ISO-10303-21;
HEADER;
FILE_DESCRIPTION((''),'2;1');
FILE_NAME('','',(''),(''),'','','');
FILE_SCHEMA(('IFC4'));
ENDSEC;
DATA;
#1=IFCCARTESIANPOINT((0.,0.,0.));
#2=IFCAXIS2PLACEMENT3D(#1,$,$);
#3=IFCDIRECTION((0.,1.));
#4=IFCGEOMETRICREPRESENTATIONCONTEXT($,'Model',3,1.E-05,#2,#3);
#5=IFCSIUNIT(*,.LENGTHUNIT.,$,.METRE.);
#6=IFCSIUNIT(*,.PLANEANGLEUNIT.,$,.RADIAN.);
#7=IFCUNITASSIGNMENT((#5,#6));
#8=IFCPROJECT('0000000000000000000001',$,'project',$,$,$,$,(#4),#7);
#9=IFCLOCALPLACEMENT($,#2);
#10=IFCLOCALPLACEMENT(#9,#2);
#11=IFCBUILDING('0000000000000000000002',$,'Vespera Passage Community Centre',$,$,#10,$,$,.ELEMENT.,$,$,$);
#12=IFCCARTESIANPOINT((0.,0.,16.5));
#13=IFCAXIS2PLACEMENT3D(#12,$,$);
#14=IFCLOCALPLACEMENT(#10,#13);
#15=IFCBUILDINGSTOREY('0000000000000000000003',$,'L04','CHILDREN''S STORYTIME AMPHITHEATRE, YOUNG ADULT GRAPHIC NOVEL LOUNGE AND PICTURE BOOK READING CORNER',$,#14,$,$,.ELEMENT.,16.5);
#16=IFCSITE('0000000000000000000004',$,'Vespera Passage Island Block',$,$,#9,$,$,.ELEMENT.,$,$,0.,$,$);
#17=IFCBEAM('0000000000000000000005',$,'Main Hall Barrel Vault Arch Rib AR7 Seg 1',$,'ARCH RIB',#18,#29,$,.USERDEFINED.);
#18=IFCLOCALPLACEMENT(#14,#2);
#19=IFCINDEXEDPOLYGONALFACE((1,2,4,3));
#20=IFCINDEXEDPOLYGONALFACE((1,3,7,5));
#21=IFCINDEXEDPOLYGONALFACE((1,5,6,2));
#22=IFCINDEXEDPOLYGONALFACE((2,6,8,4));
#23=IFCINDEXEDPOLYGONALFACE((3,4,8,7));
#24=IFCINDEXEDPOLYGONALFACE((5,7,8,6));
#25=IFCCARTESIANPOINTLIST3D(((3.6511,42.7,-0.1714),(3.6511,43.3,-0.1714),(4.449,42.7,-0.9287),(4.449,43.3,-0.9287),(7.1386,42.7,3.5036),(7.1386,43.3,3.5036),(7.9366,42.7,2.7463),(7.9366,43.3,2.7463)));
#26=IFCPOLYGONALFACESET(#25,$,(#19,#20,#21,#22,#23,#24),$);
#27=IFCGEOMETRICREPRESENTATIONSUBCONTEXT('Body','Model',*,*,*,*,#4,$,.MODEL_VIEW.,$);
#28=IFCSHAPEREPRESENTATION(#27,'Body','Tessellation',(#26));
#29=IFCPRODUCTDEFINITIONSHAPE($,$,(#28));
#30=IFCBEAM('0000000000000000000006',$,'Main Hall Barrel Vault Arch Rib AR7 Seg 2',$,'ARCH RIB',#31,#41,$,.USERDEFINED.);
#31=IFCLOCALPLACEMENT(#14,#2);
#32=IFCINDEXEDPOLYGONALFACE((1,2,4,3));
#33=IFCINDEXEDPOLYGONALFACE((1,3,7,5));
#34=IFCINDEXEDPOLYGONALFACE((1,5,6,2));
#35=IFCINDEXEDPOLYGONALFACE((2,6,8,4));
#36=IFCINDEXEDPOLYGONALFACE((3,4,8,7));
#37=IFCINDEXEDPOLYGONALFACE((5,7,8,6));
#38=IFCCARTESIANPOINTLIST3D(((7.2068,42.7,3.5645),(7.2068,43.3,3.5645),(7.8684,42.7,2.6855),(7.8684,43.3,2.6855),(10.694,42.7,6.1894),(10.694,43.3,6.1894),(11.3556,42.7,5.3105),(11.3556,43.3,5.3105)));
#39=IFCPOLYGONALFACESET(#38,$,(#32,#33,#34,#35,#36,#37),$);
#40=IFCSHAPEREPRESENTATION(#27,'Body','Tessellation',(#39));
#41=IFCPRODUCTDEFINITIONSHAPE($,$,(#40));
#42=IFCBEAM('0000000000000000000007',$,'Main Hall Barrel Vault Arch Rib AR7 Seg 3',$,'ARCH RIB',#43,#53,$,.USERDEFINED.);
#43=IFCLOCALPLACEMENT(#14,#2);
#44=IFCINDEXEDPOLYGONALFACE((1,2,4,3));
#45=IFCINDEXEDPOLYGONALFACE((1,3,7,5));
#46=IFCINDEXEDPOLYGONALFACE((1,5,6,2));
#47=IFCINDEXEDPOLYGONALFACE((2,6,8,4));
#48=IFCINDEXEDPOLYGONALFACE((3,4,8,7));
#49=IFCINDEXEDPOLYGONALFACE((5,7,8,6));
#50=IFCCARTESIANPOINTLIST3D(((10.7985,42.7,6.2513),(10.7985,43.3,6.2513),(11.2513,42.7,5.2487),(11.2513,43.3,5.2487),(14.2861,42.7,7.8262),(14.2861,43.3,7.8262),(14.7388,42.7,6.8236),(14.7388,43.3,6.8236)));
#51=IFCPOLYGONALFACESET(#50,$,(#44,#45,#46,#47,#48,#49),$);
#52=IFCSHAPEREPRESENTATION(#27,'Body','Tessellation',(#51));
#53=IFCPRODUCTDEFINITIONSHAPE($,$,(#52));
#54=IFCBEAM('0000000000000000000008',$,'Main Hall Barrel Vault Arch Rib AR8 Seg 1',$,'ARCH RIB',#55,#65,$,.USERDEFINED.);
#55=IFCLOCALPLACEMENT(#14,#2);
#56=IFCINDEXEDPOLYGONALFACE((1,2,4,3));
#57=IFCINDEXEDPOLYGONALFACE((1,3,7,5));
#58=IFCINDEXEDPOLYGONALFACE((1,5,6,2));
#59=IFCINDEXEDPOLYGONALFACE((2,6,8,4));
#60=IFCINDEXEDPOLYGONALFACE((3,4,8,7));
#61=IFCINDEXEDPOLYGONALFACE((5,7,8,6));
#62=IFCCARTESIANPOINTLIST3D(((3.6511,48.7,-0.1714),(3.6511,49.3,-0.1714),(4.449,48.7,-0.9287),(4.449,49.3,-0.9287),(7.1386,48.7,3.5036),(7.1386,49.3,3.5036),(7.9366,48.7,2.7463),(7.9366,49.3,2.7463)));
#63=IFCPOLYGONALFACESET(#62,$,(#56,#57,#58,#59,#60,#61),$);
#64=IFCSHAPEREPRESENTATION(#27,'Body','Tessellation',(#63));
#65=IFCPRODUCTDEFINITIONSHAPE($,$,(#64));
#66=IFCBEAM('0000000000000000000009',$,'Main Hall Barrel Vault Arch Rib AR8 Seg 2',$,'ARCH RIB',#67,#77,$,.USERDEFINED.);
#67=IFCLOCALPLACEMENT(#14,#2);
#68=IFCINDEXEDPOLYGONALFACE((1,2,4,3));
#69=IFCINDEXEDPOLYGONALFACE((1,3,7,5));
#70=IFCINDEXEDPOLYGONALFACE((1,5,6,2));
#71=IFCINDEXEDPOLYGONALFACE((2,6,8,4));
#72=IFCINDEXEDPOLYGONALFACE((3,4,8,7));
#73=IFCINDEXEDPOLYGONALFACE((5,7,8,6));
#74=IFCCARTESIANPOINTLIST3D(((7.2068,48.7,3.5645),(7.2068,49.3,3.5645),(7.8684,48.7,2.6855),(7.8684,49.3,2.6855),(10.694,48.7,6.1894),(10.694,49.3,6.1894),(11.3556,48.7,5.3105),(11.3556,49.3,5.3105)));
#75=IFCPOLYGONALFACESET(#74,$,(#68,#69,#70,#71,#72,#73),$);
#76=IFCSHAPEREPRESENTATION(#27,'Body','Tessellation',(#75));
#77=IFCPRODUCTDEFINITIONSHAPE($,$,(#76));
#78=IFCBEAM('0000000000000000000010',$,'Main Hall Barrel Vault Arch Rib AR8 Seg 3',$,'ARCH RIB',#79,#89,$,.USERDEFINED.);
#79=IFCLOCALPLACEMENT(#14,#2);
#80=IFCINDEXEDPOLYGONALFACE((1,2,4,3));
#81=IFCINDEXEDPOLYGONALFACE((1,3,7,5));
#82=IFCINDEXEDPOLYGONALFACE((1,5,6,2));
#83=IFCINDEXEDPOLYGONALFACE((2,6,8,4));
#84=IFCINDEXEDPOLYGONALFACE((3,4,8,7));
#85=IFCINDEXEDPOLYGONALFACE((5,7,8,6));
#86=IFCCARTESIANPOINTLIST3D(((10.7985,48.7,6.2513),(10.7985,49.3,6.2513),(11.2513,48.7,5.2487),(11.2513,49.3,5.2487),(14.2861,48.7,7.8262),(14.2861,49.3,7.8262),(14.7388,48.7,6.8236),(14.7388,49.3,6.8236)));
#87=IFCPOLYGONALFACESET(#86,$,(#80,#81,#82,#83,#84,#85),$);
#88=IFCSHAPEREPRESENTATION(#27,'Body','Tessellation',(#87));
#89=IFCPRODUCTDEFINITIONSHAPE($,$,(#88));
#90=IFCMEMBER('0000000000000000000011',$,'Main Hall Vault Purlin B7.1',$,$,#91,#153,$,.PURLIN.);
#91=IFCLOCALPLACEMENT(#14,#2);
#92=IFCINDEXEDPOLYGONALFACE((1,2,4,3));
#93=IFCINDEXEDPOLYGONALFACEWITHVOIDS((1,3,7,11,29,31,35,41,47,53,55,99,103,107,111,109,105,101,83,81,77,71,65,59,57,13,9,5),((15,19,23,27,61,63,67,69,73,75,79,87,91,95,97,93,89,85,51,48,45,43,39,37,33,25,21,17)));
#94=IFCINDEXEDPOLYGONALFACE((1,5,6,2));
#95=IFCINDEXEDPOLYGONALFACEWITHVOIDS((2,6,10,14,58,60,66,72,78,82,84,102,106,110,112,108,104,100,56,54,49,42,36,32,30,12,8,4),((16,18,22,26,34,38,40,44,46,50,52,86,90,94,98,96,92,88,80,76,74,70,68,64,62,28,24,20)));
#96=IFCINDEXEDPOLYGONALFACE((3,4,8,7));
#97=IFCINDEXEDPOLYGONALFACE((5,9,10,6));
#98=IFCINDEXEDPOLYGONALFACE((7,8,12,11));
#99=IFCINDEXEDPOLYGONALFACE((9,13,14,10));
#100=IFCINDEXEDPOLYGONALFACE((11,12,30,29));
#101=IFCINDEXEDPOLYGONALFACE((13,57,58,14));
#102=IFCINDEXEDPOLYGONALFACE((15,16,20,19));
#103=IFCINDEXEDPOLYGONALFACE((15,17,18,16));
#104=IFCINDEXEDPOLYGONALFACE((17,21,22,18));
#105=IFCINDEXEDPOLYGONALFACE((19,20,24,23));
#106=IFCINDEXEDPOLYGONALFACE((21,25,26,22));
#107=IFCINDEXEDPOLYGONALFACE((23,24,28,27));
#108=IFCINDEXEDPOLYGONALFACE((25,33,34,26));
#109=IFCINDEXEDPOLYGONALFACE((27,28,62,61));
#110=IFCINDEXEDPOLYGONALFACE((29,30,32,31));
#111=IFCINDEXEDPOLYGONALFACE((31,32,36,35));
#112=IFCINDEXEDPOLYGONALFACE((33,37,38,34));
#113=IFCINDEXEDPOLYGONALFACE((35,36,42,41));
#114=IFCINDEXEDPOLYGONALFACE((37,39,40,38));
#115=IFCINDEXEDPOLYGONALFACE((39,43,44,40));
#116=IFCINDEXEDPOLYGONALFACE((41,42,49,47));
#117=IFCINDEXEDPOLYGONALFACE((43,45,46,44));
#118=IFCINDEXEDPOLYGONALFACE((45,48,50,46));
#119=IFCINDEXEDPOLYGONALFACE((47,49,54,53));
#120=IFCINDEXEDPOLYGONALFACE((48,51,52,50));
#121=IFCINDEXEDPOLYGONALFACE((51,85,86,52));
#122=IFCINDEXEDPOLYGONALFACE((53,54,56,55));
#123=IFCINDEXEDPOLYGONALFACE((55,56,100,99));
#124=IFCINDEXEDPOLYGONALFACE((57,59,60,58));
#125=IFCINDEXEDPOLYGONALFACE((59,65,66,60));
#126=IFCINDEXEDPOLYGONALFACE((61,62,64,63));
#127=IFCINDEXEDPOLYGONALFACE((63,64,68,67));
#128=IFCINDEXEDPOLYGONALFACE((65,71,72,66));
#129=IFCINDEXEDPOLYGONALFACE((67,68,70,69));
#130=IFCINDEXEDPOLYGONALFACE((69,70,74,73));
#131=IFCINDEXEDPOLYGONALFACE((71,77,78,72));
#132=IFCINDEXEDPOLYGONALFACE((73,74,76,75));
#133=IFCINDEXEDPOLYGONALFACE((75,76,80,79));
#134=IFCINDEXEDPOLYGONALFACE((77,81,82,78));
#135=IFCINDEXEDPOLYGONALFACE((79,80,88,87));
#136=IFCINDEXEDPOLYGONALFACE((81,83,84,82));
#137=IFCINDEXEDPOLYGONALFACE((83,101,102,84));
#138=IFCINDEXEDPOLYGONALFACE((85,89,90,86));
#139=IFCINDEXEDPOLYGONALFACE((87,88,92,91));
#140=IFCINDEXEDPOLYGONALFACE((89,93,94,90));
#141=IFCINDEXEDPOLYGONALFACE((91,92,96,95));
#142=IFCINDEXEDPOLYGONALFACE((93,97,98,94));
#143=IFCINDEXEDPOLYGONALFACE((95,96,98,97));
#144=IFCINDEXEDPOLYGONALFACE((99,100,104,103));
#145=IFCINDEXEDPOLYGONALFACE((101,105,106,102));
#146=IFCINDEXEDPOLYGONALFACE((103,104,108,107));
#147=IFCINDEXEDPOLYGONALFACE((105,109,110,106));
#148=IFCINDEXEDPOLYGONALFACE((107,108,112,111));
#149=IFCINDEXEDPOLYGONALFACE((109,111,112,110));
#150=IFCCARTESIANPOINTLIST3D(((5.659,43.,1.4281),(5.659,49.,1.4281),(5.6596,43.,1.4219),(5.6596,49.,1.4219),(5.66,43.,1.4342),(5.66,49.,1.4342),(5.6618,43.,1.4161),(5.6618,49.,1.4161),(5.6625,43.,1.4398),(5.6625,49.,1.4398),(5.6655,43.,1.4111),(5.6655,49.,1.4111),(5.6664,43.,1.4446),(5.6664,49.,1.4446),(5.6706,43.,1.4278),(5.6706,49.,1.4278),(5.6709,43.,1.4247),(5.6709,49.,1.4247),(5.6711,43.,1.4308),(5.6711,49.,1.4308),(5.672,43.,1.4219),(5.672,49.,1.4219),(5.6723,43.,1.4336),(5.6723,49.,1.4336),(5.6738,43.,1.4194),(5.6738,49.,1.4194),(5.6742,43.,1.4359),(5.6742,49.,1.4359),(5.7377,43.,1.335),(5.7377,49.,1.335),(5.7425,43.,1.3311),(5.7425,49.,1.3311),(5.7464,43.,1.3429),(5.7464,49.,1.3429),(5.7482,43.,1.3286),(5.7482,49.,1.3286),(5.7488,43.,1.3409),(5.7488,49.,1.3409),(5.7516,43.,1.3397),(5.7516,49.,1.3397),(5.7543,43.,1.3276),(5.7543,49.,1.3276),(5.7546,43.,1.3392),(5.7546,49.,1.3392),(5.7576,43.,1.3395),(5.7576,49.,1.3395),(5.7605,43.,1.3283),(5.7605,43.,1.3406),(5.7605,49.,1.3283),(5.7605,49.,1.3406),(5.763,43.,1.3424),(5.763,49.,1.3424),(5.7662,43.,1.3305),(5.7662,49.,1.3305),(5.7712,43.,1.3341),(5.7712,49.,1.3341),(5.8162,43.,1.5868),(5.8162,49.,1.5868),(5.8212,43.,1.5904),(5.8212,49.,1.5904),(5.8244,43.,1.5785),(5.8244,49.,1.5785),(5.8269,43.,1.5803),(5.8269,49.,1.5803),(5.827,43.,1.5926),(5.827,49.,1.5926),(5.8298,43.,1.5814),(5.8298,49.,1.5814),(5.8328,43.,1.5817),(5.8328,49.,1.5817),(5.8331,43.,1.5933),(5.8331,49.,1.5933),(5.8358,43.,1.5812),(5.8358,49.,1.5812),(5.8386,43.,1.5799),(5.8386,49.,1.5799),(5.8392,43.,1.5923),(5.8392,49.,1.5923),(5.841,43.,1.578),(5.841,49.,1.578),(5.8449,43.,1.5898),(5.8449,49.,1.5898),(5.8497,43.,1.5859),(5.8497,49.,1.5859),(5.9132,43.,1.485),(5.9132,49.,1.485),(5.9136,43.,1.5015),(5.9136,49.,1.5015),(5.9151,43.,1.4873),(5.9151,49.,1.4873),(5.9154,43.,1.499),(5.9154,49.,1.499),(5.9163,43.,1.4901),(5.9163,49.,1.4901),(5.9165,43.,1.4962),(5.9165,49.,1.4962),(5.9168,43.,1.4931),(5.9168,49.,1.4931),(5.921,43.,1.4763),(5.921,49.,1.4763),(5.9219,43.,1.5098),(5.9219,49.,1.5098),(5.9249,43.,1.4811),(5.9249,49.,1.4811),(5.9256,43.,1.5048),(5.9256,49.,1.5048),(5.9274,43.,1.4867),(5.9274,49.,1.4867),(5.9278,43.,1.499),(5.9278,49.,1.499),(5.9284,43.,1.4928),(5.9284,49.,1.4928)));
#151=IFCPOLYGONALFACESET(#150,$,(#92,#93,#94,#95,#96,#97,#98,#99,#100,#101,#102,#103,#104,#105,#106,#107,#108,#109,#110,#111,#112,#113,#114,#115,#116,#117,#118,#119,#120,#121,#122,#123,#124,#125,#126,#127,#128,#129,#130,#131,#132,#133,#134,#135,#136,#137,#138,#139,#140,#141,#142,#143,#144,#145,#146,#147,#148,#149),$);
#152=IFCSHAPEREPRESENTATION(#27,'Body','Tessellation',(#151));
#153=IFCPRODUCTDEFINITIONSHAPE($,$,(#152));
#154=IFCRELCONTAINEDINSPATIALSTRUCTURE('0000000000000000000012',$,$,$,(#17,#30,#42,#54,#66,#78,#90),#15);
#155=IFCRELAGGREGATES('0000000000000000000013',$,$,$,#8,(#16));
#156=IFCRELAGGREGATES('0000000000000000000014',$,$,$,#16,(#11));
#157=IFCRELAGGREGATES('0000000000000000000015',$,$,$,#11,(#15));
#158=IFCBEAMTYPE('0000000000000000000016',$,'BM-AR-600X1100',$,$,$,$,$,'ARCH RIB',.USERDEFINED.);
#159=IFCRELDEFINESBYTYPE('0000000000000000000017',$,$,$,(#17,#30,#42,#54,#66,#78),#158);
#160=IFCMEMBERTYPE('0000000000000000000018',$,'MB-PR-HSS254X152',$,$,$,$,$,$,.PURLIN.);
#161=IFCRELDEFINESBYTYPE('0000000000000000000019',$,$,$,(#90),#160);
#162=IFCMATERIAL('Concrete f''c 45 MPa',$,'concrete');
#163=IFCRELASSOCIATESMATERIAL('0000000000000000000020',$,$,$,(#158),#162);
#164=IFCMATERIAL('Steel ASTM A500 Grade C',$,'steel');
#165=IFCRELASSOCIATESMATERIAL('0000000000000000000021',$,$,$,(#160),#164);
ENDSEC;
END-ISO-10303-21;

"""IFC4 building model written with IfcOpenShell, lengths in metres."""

from ifc_helpers import new_model, si_unit, direction, frame, origin, origin_2d, place, context, subcontext, project, spatial, rectangle, hollow_rectangle, extrude, material, material_profile, profile_set, type_object, element, save


model = new_model("IFC4")

# Units and contexts
model_context = context("Model", 3, precision=1e-05, world=origin(), true_north=direction((0.0, 1.0)))
body_context = subcontext(model_context, "Body", "Model", "MODEL_VIEW")
ifc_project = project(units=[si_unit("LENGTHUNIT", "METRE"), si_unit("PLANEANGLEUNIT", "RADIAN")], contexts=[model_context])

# Site, building, storey
site_placement = place(None, origin())
site = spatial("IfcSite", under=ifc_project, at=site_placement, Name="Vespera Passage Island Block", CompositionType="ELEMENT", RefElevation=0.0)
building_placement = place(site_placement, origin())
building = spatial("IfcBuilding", under=site, at=building_placement, Name="Vespera Passage Community Centre", CompositionType="ELEMENT")
storey_placement = place(building_placement, frame((0.0, 0.0, 16.5)))
storey = spatial("IfcBuildingStorey", under=building, at=storey_placement, Name="L04", Description="CHILDREN'S STORYTIME AMPHITHEATRE, YOUNG ADULT GRAPHIC NOVEL LOUNGE AND PICTURE BOOK READING CORNER", CompositionType="ELEMENT", Elevation=16.5)

# Beams
ifc_material_1 = material(Name="Concrete f'c 45 MPa", Category="concrete")
ifc_material_profile_1 = material_profile(ifc_material_1, rectangle(XDim=0.6001, YDim=1.1001, at=origin_2d()), Name="RC600X1100")
ifc_profile_set_1 = profile_set([ifc_material_profile_1], Name="Concrete f'c 45 MPa")
beam_type = type_object("IfcBeamType", Name="BM-AR-600X1100", ElementType="ARCH RIB", PredefinedType="USERDEFINED", material=ifc_profile_set_1)
beam_1_placement = place(storey_placement, frame((4.05, 43.0, -0.55), z_axis=(0.688361, 0.0, 0.725369), x_axis=(0.0, 1.0, 0.0)))
element("IfcBeam", 1, at=beam_1_placement, inside=storey, type_object=beam_type, Name="Main Hall Barrel Vault Arch Rib AR7 Seg 1", ObjectType="ARCH RIB", PredefinedType="USERDEFINED", context=body_context, shape_type="SweptSolid", body=[
    extrude(rectangle(XDim=0.6001, YDim=1.1001, at=origin_2d()), origin(), (0.0, 0.0, 1.0), 5.0664),
])
beam_2_placement = place(storey_placement, frame((7.5376, 43.0, 3.125), z_axis=(0.798952, 0.0, 0.601395), x_axis=(0.0, 1.0, 0.0)))
element("IfcBeam", 2, at=beam_2_placement, inside=storey, type_object=beam_type, Name="Main Hall Barrel Vault Arch Rib AR7 Seg 2", ObjectType="ARCH RIB", PredefinedType="USERDEFINED", context=body_context, shape_type="SweptSolid", body=[
    extrude(rectangle(XDim=0.6001, YDim=1.1001, at=origin_2d()), origin(), (0.0, 0.0, 1.0), 4.3647),
])
beam_3_placement = place(storey_placement, frame((11.0249, 43.0, 5.75), z_axis=(0.911378, 0.0, 0.411571), x_axis=(0.0, 1.0, 0.0)))
element("IfcBeam", 3, at=beam_3_placement, inside=storey, type_object=beam_type, Name="Main Hall Barrel Vault Arch Rib AR7 Seg 3", ObjectType="ARCH RIB", PredefinedType="USERDEFINED", context=body_context, shape_type="SweptSolid", body=[
    extrude(rectangle(XDim=0.6001, YDim=1.1001, at=origin_2d()), origin(), (0.0, 0.0, 1.0), 3.8267),
])
beam_4_placement = place(storey_placement, frame((4.05, 49.0, -0.55), z_axis=(0.688361, 0.0, 0.725369), x_axis=(0.0, 1.0, 0.0)))
element("IfcBeam", 4, at=beam_4_placement, inside=storey, type_object=beam_type, Name="Main Hall Barrel Vault Arch Rib AR8 Seg 1", ObjectType="ARCH RIB", PredefinedType="USERDEFINED", context=body_context, shape_type="SweptSolid", body=[
    extrude(rectangle(XDim=0.6001, YDim=1.1001, at=origin_2d()), origin(), (0.0, 0.0, 1.0), 5.0664),
])
beam_5_placement = place(storey_placement, frame((7.5376, 49.0, 3.125), z_axis=(0.798952, 0.0, 0.601395), x_axis=(0.0, 1.0, 0.0)))
element("IfcBeam", 5, at=beam_5_placement, inside=storey, type_object=beam_type, Name="Main Hall Barrel Vault Arch Rib AR8 Seg 2", ObjectType="ARCH RIB", PredefinedType="USERDEFINED", context=body_context, shape_type="SweptSolid", body=[
    extrude(rectangle(XDim=0.6001, YDim=1.1001, at=origin_2d()), origin(), (0.0, 0.0, 1.0), 4.3647),
])
beam_6_placement = place(storey_placement, frame((11.0249, 49.0, 5.75), z_axis=(0.911378, 0.0, 0.411571), x_axis=(0.0, 1.0, 0.0)))
element("IfcBeam", 6, at=beam_6_placement, inside=storey, type_object=beam_type, Name="Main Hall Barrel Vault Arch Rib AR8 Seg 3", ObjectType="ARCH RIB", PredefinedType="USERDEFINED", context=body_context, shape_type="SweptSolid", body=[
    extrude(rectangle(XDim=0.6001, YDim=1.1001, at=origin_2d()), origin(), (0.0, 0.0, 1.0), 3.8267),
])

# Member
ifc_material_2 = material(Name="Steel ASTM A500 Grade C", Category="steel")
ifc_material_profile_2 = material_profile(ifc_material_2, hollow_rectangle(XDim=0.1523, YDim=0.2539, WallThickness=0.0117, InnerFilletRadius=0.0117, OuterFilletRadius=0.0237, at=origin_2d()), Name="HSS254X152X12.7")
ifc_profile_set_2 = profile_set([ifc_material_profile_2], Name="Steel ASTM A500 Grade C")
member_type_1 = type_object("IfcMemberType", Name="MB-PR-HSS254X152", PredefinedType="PURLIN", material=ifc_profile_set_2)
for number, where, z_axis, x_axis, name in (
    (7, (5.7937, 43.0, 1.4604), (0.0, 1.0, 0.0), (-0.688355, 0.0, 0.725374), "Main Hall Vault Purlin B7.1"),
):
    element("IfcMember", number, at=place(storey_placement, frame(where, z_axis=z_axis, x_axis=x_axis)), inside=storey, type_object=member_type_1, Name=name, PredefinedType="PURLIN", context=body_context, shape_type="SweptSolid", body=[
        extrude(hollow_rectangle(XDim=0.1523, YDim=0.2539, WallThickness=0.0117, InnerFilletRadius=0.0117, OuterFilletRadius=0.0237, at=origin_2d()), origin(), (0.0, 0.0, 1.0), 6.0),
    ])

save(model, "model.ifc")
